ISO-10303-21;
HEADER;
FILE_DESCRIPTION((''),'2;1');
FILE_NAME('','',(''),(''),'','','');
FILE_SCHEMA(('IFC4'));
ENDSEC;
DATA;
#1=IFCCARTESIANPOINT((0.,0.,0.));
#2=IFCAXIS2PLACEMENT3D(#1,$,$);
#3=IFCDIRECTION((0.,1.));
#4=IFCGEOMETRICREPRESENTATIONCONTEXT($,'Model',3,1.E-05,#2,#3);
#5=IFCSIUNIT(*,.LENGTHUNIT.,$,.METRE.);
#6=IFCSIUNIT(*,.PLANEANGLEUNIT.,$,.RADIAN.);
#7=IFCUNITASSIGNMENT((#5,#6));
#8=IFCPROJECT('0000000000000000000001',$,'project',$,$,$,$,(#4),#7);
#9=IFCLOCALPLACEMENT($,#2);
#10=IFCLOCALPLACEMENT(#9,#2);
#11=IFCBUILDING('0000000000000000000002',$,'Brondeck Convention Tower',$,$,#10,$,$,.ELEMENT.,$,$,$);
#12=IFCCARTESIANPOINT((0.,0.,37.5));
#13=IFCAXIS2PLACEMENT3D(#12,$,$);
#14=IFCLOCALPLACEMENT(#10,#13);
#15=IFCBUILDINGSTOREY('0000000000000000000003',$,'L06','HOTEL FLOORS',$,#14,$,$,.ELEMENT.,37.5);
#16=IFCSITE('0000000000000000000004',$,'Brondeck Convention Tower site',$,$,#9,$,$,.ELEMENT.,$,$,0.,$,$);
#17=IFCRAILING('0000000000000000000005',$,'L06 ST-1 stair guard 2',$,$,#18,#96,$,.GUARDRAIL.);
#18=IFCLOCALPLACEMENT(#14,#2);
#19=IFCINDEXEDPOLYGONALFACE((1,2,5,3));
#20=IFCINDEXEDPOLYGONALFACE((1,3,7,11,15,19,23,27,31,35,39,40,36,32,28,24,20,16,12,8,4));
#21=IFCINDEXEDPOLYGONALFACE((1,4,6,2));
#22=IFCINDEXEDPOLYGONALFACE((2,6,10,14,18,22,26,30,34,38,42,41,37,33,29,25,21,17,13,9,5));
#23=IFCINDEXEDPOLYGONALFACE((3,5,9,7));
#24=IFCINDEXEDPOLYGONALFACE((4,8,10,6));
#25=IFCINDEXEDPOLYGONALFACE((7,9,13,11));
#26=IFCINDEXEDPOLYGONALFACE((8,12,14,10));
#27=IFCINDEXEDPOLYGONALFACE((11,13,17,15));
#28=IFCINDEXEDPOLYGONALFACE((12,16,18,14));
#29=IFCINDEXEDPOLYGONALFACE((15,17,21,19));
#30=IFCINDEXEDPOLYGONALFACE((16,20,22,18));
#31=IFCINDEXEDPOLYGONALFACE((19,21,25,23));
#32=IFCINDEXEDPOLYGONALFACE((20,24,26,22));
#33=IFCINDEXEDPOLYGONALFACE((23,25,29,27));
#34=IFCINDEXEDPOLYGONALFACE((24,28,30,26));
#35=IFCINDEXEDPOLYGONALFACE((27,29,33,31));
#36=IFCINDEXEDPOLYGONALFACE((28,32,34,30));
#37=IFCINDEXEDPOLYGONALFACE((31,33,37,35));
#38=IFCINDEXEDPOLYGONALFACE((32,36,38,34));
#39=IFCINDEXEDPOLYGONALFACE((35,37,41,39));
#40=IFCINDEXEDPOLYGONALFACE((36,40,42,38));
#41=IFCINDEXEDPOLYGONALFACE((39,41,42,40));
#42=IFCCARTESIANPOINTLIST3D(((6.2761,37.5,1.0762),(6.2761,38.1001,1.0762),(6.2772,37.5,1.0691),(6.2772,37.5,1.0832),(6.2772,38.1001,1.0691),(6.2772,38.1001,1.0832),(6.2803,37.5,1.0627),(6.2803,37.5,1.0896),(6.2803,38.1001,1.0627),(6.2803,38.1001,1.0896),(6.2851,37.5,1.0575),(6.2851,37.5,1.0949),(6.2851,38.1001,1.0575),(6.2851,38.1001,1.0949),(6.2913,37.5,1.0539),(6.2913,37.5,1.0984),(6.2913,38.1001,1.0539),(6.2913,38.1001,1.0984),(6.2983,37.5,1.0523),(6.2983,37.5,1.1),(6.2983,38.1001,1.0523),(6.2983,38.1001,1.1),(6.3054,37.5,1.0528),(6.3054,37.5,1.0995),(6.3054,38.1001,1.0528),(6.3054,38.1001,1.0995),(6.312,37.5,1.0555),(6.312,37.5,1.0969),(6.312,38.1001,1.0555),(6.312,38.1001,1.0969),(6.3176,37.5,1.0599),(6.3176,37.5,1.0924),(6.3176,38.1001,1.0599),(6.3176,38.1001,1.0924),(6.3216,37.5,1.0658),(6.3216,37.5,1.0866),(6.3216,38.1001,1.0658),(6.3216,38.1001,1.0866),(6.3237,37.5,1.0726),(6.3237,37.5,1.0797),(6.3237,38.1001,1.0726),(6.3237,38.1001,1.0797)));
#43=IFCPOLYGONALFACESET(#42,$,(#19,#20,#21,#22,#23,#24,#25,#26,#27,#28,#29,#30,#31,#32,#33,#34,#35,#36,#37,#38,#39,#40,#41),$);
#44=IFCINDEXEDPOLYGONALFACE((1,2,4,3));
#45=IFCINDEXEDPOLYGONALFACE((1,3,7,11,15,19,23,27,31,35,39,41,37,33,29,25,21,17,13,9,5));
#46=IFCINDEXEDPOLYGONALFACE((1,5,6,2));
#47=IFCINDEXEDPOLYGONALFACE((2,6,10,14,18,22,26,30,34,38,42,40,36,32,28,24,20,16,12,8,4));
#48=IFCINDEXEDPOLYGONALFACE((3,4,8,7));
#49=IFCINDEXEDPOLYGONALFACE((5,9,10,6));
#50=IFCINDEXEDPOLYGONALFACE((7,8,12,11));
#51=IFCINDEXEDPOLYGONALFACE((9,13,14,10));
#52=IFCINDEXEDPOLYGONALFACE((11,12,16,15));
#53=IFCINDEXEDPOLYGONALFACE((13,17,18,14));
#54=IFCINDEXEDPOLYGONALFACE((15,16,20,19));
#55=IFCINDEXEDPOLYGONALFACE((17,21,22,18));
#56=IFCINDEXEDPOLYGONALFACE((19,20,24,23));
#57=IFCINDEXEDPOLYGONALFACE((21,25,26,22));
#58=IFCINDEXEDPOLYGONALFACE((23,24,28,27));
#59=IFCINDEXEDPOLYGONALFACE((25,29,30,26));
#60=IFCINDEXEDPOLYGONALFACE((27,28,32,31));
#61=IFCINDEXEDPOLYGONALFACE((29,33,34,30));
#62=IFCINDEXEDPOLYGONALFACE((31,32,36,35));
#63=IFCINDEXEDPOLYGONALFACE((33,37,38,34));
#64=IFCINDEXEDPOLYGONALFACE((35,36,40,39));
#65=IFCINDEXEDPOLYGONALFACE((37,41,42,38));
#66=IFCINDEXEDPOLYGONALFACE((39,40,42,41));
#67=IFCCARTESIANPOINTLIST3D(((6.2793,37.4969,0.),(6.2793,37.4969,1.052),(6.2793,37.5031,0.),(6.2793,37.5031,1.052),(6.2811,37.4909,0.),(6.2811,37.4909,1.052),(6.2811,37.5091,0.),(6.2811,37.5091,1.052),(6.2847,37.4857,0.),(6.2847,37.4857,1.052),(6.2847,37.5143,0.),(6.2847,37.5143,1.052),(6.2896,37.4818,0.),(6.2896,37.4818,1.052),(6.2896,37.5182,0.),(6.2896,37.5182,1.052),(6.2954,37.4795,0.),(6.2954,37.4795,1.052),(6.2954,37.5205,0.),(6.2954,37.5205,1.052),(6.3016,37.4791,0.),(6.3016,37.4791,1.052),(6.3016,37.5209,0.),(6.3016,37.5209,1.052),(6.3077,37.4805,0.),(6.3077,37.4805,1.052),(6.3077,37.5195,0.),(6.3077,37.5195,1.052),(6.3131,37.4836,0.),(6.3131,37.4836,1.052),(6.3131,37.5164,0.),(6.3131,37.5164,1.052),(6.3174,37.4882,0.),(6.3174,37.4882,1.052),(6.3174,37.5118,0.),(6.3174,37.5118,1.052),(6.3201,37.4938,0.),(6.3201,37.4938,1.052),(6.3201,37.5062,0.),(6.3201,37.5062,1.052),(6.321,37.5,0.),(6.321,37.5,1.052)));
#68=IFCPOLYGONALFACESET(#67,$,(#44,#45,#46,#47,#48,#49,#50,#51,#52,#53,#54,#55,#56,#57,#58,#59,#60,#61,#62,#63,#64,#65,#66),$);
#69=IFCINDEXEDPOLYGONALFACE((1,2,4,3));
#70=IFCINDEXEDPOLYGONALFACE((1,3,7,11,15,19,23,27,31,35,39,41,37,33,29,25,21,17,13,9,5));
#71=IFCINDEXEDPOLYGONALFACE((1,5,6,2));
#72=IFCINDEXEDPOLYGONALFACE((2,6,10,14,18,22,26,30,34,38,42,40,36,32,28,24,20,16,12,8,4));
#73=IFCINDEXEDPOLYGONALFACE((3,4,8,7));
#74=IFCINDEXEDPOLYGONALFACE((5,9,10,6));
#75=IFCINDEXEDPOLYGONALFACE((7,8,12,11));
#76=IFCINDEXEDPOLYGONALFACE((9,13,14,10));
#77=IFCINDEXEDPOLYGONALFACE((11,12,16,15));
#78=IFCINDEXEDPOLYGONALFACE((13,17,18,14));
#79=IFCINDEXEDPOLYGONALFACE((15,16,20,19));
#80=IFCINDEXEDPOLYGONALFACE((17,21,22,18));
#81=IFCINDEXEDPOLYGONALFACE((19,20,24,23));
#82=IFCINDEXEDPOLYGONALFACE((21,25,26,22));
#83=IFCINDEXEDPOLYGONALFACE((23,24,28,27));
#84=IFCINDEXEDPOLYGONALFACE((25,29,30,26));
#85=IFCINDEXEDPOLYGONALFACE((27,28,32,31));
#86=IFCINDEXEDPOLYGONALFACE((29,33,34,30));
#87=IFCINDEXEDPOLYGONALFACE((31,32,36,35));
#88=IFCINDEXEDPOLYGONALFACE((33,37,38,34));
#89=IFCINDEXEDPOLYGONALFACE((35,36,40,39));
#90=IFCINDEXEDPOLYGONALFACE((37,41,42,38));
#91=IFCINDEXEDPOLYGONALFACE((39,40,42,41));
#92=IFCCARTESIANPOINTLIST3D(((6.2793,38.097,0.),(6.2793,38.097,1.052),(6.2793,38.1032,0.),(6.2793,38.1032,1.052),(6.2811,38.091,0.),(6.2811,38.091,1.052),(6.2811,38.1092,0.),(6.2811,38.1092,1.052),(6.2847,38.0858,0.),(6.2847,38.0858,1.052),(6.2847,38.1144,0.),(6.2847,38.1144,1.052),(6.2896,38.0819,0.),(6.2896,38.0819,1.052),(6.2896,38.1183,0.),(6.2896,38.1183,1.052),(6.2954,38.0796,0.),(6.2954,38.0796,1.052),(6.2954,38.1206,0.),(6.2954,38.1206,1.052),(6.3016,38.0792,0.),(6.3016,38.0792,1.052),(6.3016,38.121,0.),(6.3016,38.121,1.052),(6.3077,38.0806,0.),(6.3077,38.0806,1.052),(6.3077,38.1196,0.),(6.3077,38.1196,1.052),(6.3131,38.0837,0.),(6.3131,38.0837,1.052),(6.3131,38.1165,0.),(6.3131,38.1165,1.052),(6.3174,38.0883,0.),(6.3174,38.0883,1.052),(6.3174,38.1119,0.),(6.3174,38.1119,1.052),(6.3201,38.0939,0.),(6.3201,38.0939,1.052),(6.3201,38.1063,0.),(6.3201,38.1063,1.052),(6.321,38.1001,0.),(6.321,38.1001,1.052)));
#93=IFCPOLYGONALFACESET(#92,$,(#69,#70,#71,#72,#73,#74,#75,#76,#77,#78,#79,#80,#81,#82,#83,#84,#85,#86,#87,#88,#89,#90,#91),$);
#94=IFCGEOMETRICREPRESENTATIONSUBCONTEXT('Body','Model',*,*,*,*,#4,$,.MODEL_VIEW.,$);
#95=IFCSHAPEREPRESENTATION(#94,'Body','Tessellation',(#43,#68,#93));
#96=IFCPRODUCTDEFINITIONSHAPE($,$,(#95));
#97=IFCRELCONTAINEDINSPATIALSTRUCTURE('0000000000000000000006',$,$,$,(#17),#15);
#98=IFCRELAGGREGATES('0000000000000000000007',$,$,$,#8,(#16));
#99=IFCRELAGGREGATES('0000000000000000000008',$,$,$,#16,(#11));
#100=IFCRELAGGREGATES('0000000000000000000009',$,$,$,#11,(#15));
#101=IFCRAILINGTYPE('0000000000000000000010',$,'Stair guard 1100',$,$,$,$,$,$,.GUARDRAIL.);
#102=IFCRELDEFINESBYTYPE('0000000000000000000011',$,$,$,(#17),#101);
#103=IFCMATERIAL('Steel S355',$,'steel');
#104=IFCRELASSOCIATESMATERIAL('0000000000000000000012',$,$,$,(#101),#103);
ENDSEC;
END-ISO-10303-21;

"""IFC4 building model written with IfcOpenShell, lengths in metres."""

from ifc_helpers import new_model, si_unit, direction, frame, origin, origin_2d, place, context, subcontext, project, spatial, circle, extrude, material, type_object, element, save


model = new_model("IFC4")

# Units and contexts
model_context = context("Model", 3, precision=1e-05, world=origin(), true_north=direction((0.0, 1.0)))
body_context = subcontext(model_context, "Body", "Model", "MODEL_VIEW")
ifc_project = project(units=[si_unit("LENGTHUNIT", "METRE"), si_unit("PLANEANGLEUNIT", "RADIAN")], contexts=[model_context])

# Site, building, storey
site_placement = place(None, origin())
site = spatial("IfcSite", under=ifc_project, at=site_placement, Name="Brondeck Convention Tower site", CompositionType="ELEMENT", RefElevation=0.0)
building_placement = place(site_placement, origin())
building = spatial("IfcBuilding", under=site, at=building_placement, Name="Brondeck Convention Tower", CompositionType="ELEMENT")
storey_placement = place(building_placement, frame((0.0, 0.0, 37.5)))
storey = spatial("IfcBuildingStorey", under=building, at=storey_placement, Name="L06", Description="HOTEL FLOORS", CompositionType="ELEMENT", Elevation=37.5)

# Railing
ifc_material_1 = material(Name="Steel S355", Category="steel")
railing_type_1 = type_object("IfcRailingType", Name="Stair guard 1100", PredefinedType="GUARDRAIL", material=ifc_material_1)
railing_1_placement = place(storey_placement, frame((6.3, 37.5, 0.0)))
element("IfcRailing", 1, at=railing_1_placement, inside=storey, type_object=railing_type_1, Name="L06 ST-1 stair guard 2", PredefinedType="GUARDRAIL", context=body_context, shape_type="SweptSolid", body=[
    extrude(circle(Radius=0.0239, at=origin_2d()), frame((0.0, 0.0, 1.0762), z_axis=(0.0, 1.0, 0.0), x_axis=(-1.0, 0.0, 0.0)), (0.0, 0.0, 1.0), 0.6001),
    extrude(circle(Radius=0.021, at=origin_2d()), origin(), (0.0, 0.0, 1.0), 1.052),
    extrude(circle(Radius=0.021, at=origin_2d()), frame((0.0, 0.6001, 0.0)), (0.0, 0.0, 1.0), 1.052),
])

save(model, "model.ifc")
